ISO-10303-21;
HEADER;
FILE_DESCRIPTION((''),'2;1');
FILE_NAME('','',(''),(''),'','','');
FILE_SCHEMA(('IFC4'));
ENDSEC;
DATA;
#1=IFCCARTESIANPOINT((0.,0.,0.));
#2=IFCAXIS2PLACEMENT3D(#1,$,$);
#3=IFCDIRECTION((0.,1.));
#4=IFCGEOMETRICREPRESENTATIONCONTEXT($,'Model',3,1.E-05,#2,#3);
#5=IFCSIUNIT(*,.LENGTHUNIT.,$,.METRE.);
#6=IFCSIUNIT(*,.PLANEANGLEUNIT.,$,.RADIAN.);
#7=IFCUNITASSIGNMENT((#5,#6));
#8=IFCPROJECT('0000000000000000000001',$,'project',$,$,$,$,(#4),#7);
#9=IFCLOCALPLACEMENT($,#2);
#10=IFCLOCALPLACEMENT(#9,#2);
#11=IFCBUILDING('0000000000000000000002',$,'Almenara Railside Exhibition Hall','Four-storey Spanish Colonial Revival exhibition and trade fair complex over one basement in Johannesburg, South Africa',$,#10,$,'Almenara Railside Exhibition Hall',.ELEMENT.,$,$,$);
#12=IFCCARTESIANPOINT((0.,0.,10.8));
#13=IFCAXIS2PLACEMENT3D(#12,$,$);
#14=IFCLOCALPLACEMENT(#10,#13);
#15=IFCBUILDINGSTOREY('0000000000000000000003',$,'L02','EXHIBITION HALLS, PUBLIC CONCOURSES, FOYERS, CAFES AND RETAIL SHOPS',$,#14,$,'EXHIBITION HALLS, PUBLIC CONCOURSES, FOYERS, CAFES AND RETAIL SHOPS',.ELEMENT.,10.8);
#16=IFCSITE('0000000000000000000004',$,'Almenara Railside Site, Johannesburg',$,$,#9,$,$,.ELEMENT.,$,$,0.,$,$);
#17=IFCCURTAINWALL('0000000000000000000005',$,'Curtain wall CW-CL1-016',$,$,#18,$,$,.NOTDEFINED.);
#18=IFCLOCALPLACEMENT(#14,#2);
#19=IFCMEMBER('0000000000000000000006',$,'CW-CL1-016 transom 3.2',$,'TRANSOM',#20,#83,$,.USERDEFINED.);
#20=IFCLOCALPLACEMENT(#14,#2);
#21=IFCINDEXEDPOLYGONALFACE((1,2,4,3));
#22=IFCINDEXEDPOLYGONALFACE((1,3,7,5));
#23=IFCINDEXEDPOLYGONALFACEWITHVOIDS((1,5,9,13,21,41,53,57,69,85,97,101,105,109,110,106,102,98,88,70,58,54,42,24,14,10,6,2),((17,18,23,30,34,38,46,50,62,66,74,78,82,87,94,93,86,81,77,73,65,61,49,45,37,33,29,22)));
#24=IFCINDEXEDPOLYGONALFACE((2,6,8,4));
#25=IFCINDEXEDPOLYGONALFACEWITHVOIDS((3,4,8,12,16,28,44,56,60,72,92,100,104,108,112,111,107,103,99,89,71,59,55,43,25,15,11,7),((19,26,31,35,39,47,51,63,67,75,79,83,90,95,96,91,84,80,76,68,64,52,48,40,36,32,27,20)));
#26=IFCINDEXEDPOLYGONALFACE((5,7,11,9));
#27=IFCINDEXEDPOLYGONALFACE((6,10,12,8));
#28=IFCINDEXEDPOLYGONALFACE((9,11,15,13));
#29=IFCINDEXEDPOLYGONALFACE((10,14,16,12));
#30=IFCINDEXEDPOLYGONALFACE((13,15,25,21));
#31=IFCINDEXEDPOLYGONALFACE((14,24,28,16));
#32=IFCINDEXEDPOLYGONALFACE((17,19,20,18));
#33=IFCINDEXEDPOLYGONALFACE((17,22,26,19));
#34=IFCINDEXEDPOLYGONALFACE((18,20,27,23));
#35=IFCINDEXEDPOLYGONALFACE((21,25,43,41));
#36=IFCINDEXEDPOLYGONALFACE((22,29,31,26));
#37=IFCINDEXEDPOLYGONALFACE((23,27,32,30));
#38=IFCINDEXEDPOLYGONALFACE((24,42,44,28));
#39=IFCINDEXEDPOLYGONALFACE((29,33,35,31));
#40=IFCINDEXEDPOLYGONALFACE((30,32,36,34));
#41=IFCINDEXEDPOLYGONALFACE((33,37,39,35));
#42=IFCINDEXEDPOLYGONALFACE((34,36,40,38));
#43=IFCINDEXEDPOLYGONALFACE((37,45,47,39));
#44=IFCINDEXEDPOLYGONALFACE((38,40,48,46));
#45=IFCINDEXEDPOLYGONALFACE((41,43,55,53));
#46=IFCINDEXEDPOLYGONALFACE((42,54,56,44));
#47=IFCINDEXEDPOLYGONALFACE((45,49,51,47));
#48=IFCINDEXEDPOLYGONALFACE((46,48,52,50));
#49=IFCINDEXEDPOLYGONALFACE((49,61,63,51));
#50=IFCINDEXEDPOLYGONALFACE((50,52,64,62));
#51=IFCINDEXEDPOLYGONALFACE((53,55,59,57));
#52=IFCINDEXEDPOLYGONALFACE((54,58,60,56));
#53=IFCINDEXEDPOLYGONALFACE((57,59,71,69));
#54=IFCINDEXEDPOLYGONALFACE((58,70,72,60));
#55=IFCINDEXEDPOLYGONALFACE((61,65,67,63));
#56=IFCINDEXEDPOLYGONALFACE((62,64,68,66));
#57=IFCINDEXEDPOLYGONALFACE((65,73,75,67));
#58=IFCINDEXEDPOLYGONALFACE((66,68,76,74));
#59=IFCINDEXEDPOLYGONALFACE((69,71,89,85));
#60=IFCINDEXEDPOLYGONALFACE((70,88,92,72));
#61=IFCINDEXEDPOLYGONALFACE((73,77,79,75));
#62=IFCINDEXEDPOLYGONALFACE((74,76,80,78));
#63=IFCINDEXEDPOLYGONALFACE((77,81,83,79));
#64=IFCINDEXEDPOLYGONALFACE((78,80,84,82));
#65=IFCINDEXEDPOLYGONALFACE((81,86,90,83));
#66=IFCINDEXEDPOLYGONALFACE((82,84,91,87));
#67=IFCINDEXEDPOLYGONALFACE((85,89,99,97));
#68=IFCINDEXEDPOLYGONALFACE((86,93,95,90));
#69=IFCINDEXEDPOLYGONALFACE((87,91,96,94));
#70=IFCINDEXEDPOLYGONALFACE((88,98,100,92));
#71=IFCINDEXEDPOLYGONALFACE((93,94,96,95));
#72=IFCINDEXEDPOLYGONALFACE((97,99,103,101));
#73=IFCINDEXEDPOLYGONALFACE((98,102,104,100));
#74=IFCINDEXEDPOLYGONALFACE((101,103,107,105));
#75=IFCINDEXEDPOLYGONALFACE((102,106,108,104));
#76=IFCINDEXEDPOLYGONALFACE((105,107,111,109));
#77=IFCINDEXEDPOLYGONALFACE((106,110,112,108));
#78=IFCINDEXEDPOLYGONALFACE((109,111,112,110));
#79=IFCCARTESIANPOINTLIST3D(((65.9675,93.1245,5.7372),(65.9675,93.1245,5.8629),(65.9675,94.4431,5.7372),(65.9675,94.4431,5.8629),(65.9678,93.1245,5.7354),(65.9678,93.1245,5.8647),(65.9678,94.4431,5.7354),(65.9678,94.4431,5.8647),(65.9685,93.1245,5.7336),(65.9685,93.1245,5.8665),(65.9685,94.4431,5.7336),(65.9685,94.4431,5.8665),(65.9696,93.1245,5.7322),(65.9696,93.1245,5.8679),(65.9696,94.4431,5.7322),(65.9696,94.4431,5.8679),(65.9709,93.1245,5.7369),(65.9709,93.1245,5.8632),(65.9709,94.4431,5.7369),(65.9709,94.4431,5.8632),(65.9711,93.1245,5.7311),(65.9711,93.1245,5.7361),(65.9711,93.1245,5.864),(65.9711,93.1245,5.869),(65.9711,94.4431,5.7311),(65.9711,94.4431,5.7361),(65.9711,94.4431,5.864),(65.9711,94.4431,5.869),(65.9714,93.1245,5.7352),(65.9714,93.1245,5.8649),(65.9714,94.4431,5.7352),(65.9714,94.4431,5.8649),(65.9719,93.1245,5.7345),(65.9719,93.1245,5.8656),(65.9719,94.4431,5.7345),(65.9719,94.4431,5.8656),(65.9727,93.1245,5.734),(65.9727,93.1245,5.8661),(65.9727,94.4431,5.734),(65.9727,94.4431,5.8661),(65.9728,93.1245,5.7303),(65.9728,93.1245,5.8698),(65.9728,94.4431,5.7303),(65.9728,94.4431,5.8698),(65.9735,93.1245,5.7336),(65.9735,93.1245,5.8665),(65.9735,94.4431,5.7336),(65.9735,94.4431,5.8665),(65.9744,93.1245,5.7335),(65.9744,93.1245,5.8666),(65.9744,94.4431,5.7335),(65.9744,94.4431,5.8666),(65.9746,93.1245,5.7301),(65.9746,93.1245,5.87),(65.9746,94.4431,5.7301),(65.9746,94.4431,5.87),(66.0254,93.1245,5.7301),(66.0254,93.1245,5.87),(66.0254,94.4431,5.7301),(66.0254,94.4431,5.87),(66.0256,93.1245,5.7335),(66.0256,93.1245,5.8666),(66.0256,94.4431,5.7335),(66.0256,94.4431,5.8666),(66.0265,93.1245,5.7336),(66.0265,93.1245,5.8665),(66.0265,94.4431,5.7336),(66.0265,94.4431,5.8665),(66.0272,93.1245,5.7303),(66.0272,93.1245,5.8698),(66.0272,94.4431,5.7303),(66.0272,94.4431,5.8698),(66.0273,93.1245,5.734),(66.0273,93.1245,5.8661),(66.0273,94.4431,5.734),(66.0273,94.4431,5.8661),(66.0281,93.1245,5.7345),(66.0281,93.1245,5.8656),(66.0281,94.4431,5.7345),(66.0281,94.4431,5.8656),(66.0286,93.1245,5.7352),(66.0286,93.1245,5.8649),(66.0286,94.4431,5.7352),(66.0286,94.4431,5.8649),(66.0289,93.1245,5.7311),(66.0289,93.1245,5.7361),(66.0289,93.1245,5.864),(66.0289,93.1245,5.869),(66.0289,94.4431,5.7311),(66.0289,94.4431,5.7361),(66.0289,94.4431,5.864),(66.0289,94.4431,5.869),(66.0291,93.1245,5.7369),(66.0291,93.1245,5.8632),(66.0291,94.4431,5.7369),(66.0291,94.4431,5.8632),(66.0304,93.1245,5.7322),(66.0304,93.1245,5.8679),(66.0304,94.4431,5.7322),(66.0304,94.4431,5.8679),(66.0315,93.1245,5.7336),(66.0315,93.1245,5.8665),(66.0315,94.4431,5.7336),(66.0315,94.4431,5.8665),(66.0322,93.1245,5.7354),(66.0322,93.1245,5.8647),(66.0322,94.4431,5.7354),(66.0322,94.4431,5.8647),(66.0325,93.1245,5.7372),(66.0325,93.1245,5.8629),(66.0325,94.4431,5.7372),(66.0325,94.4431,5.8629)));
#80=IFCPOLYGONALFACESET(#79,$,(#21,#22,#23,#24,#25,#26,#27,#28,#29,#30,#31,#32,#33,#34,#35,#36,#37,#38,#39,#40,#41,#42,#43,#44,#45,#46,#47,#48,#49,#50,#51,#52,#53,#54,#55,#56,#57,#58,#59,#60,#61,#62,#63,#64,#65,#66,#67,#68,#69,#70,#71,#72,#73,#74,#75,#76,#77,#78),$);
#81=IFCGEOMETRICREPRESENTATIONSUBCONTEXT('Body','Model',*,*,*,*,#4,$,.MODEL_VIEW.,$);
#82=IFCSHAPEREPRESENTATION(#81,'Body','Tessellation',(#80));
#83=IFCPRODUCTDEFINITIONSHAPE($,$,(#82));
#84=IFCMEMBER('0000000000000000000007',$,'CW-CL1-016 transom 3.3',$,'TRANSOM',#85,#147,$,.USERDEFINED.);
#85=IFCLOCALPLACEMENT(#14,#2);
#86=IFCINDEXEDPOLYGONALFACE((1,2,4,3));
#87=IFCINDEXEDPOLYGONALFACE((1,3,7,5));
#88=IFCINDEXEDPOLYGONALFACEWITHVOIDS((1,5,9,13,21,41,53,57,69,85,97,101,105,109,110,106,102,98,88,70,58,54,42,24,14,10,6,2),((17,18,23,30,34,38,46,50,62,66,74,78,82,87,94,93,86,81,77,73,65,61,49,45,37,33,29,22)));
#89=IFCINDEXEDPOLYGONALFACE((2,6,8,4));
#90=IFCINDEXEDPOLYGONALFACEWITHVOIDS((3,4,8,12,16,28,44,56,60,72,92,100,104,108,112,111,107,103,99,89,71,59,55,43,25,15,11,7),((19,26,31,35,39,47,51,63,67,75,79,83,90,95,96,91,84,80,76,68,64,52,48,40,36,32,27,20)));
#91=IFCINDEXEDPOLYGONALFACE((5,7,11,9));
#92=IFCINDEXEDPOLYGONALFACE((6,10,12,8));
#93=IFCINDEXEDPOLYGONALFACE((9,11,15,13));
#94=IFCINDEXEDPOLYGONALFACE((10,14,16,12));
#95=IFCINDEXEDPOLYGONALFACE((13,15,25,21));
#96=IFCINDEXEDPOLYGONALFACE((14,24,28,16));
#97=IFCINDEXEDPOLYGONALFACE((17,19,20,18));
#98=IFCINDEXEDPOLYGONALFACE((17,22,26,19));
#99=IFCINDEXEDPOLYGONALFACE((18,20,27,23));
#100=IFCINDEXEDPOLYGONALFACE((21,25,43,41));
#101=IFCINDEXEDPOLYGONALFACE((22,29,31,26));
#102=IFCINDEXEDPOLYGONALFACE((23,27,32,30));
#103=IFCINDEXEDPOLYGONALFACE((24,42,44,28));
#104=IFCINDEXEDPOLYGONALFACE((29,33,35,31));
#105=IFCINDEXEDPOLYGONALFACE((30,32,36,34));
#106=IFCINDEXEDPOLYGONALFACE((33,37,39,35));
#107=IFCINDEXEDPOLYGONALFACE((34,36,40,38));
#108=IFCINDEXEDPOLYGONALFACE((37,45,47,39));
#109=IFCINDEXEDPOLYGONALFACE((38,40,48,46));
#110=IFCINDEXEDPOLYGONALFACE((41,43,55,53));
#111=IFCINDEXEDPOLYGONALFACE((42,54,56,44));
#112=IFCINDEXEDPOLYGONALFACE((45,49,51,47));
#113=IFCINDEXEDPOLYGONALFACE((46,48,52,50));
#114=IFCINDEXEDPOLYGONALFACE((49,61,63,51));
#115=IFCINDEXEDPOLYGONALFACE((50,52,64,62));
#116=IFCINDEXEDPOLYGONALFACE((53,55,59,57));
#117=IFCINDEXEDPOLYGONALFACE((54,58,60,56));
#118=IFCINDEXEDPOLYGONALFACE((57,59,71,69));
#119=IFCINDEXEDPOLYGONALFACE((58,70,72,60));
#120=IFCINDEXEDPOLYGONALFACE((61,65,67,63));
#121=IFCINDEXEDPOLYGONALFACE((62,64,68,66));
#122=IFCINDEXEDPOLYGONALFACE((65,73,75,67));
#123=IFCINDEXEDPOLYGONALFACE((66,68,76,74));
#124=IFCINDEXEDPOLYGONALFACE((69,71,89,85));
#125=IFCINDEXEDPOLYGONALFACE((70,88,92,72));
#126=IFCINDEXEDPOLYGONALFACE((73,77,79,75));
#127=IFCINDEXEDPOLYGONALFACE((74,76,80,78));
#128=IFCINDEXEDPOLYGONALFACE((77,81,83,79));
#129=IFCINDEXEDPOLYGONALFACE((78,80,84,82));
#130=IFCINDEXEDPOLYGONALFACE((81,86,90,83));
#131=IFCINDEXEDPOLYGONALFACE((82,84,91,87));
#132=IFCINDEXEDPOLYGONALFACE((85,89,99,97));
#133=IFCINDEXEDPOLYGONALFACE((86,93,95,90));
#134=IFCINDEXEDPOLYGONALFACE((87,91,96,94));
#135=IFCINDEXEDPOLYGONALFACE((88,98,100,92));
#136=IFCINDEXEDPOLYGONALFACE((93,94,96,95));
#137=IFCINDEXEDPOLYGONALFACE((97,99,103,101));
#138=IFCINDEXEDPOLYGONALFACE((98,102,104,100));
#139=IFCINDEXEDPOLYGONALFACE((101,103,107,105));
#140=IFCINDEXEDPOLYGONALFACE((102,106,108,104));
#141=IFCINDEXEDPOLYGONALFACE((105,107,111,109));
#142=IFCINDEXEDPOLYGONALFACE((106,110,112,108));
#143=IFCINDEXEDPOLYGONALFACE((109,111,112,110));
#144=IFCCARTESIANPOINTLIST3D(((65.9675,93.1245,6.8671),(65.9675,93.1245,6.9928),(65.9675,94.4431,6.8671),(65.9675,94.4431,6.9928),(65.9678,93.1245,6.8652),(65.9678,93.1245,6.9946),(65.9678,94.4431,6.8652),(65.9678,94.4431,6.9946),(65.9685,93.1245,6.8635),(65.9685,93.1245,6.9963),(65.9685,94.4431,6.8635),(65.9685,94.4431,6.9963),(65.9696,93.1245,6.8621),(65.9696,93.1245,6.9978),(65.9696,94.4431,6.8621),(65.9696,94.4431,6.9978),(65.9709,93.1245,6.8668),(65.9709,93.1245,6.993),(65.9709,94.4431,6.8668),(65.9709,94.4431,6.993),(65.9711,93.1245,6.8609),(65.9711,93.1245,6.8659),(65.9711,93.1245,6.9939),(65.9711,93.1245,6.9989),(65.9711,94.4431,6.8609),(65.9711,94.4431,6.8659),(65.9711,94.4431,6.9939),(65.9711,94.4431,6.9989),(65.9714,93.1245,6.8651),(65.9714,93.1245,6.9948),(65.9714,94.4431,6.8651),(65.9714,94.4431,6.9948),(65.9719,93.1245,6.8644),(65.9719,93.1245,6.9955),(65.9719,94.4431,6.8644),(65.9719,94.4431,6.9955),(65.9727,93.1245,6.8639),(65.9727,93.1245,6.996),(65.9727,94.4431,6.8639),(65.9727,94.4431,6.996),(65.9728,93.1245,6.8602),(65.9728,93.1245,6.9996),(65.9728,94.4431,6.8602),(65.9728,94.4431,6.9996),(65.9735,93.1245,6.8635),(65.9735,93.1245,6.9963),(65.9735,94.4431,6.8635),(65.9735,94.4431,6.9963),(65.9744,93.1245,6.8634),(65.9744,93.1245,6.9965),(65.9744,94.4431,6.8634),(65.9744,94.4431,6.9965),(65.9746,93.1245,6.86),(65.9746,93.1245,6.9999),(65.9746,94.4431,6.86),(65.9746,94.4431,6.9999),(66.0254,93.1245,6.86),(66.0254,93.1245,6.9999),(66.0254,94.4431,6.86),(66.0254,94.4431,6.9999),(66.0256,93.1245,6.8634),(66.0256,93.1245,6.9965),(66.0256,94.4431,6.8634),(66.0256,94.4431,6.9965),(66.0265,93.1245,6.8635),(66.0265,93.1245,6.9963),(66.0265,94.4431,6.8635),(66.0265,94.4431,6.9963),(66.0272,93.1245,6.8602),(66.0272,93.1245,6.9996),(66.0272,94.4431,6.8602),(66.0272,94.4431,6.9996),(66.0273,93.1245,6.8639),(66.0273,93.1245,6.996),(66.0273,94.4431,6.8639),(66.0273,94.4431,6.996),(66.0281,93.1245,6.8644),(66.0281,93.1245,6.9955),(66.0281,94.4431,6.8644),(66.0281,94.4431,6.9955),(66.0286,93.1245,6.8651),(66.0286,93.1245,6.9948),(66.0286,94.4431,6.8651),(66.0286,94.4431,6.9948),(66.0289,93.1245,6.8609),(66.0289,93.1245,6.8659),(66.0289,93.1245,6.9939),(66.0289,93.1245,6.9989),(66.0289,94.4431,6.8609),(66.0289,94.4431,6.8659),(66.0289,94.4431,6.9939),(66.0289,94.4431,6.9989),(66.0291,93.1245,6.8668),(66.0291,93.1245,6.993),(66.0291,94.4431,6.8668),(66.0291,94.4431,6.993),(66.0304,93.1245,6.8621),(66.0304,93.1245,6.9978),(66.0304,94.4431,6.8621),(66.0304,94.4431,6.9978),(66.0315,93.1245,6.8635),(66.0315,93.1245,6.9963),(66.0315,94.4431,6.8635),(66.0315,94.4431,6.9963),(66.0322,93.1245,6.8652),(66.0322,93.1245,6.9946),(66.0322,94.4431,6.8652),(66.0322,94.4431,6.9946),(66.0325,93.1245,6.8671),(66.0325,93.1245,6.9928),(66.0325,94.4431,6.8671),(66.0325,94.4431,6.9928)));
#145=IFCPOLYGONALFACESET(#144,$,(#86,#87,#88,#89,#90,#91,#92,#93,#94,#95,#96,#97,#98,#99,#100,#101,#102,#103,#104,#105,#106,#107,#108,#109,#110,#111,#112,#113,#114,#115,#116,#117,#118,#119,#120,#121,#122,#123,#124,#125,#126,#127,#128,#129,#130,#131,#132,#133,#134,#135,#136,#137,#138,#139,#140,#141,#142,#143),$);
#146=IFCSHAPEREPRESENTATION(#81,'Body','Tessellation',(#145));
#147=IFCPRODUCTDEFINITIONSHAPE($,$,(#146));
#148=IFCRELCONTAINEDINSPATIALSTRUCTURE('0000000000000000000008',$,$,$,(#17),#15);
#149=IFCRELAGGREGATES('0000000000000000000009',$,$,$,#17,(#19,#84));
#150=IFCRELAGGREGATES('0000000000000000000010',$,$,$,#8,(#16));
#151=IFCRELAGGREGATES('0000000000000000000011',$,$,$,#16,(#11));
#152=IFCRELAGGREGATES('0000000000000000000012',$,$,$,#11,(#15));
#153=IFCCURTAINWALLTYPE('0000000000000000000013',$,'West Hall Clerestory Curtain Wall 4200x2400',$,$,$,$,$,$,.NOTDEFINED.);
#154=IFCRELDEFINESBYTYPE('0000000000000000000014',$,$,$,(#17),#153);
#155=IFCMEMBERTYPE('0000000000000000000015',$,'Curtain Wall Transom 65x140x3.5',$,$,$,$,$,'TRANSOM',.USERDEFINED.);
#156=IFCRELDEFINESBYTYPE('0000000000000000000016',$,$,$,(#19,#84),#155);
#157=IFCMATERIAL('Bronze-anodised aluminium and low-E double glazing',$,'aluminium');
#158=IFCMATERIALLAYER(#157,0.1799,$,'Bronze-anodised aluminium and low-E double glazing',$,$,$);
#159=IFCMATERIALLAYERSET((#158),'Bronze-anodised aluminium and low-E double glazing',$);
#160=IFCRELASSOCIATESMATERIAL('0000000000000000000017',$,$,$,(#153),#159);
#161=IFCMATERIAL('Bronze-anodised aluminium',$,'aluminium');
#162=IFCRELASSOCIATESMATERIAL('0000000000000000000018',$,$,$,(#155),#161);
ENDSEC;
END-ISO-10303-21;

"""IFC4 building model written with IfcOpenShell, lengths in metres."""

from ifc_helpers import new_model, si_unit, direction, frame, origin, origin_2d, place, context, subcontext, project, spatial, hollow_rectangle, extrude, material, layer, layer_set, material_profile, profile_set, type_object, element, aggregate, save


model = new_model("IFC4")

# Units and contexts
model_context = context("Model", 3, precision=1e-05, world=origin(), true_north=direction((0.0, 1.0)))
body_context = subcontext(model_context, "Body", "Model", "MODEL_VIEW")
ifc_project = project(units=[si_unit("LENGTHUNIT", "METRE"), si_unit("PLANEANGLEUNIT", "RADIAN")], contexts=[model_context])

# Site, building, storey
site_placement = place(None, origin())
site = spatial("IfcSite", under=ifc_project, at=site_placement, Name="Almenara Railside Site, Johannesburg", CompositionType="ELEMENT", RefElevation=0.0)
building_placement = place(site_placement, origin())
building = spatial("IfcBuilding", under=site, at=building_placement, Name="Almenara Railside Exhibition Hall", Description="Four-storey Spanish Colonial Revival exhibition and trade fair complex over one basement in Johannesburg, South Africa", LongName="Almenara Railside Exhibition Hall", CompositionType="ELEMENT")
storey_placement = place(building_placement, frame((0.0, 0.0, 10.8)))
storey = spatial("IfcBuildingStorey", under=building, at=storey_placement, Name="L02", Description="EXHIBITION HALLS, PUBLIC CONCOURSES, FOYERS, CAFES AND RETAIL SHOPS", LongName="EXHIBITION HALLS, PUBLIC CONCOURSES, FOYERS, CAFES AND RETAIL SHOPS", CompositionType="ELEMENT", Elevation=10.8)

# Curtain wall
ifc_material_1 = material(Name="Bronze-anodised aluminium and low-E double glazing", Category="aluminium")
ifc_layer_1 = layer(ifc_material_1, 0.1799, Name="Bronze-anodised aluminium and low-E double glazing")
ifc_layer_set_1 = layer_set([ifc_layer_1], Name="Bronze-anodised aluminium and low-E double glazing")
curtain_wall_type_1 = type_object("IfcCurtainWallType", Name="West Hall Clerestory Curtain Wall 4200x2400", PredefinedType="NOTDEFINED", material=ifc_layer_set_1)
curtain_wall_1_placement = place(storey_placement, origin())
curtain_wall_1 = element("IfcCurtainWall", 1, at=curtain_wall_1_placement, inside=storey, type_object=curtain_wall_type_1, Name="Curtain wall CW-CL1-016", PredefinedType="NOTDEFINED")
ifc_material_2 = material(Name="Bronze-anodised aluminium", Category="aluminium")

# Members
ifc_material_profile_1 = material_profile(ifc_material_2, hollow_rectangle(XDim=0.0649, YDim=0.1399, WallThickness=0.0034, InnerFilletRadius=0.0034, OuterFilletRadius=0.0071, at=origin_2d()), Name="ALU-TRN 65x140x3.5")
ifc_profile_set_1 = profile_set([ifc_material_profile_1], Name="Bronze-anodised aluminium")
member_type_1 = type_object("IfcMemberType", Name="Curtain Wall Transom 65x140x3.5", ElementType="TRANSOM", PredefinedType="USERDEFINED", material=ifc_profile_set_1)
member_1_placement = place(storey_placement, frame((66.0, 93.1245, 5.8), z_axis=(0.0, 1.0, 0.0), x_axis=(-1.0, 0.0, 0.0)))
member_1 = element("IfcMember", 2, at=member_1_placement, type_object=member_type_1, Name="CW-CL1-016 transom 3.2", ObjectType="TRANSOM", PredefinedType="USERDEFINED", context=body_context, shape_type="SweptSolid", body=[
    extrude(hollow_rectangle(XDim=0.0649, YDim=0.1399, WallThickness=0.0034, InnerFilletRadius=0.0034, OuterFilletRadius=0.0071, at=origin_2d()), origin(), (0.0, 0.0, 1.0), 1.3186),
])
member_2_placement = place(storey_placement, frame((66.0, 93.1245, 6.9299), z_axis=(0.0, 1.0, 0.0), x_axis=(-1.0, 0.0, 0.0)))
member_2 = element("IfcMember", 3, at=member_2_placement, type_object=member_type_1, Name="CW-CL1-016 transom 3.3", ObjectType="TRANSOM", PredefinedType="USERDEFINED", context=body_context, shape_type="SweptSolid", body=[
    extrude(hollow_rectangle(XDim=0.0649, YDim=0.1399, WallThickness=0.0034, InnerFilletRadius=0.0034, OuterFilletRadius=0.0071, at=origin_2d()), origin(), (0.0, 0.0, 1.0), 1.3186),
])

aggregate(curtain_wall_1, [member_1, member_2])

save(model, "model.ifc")
